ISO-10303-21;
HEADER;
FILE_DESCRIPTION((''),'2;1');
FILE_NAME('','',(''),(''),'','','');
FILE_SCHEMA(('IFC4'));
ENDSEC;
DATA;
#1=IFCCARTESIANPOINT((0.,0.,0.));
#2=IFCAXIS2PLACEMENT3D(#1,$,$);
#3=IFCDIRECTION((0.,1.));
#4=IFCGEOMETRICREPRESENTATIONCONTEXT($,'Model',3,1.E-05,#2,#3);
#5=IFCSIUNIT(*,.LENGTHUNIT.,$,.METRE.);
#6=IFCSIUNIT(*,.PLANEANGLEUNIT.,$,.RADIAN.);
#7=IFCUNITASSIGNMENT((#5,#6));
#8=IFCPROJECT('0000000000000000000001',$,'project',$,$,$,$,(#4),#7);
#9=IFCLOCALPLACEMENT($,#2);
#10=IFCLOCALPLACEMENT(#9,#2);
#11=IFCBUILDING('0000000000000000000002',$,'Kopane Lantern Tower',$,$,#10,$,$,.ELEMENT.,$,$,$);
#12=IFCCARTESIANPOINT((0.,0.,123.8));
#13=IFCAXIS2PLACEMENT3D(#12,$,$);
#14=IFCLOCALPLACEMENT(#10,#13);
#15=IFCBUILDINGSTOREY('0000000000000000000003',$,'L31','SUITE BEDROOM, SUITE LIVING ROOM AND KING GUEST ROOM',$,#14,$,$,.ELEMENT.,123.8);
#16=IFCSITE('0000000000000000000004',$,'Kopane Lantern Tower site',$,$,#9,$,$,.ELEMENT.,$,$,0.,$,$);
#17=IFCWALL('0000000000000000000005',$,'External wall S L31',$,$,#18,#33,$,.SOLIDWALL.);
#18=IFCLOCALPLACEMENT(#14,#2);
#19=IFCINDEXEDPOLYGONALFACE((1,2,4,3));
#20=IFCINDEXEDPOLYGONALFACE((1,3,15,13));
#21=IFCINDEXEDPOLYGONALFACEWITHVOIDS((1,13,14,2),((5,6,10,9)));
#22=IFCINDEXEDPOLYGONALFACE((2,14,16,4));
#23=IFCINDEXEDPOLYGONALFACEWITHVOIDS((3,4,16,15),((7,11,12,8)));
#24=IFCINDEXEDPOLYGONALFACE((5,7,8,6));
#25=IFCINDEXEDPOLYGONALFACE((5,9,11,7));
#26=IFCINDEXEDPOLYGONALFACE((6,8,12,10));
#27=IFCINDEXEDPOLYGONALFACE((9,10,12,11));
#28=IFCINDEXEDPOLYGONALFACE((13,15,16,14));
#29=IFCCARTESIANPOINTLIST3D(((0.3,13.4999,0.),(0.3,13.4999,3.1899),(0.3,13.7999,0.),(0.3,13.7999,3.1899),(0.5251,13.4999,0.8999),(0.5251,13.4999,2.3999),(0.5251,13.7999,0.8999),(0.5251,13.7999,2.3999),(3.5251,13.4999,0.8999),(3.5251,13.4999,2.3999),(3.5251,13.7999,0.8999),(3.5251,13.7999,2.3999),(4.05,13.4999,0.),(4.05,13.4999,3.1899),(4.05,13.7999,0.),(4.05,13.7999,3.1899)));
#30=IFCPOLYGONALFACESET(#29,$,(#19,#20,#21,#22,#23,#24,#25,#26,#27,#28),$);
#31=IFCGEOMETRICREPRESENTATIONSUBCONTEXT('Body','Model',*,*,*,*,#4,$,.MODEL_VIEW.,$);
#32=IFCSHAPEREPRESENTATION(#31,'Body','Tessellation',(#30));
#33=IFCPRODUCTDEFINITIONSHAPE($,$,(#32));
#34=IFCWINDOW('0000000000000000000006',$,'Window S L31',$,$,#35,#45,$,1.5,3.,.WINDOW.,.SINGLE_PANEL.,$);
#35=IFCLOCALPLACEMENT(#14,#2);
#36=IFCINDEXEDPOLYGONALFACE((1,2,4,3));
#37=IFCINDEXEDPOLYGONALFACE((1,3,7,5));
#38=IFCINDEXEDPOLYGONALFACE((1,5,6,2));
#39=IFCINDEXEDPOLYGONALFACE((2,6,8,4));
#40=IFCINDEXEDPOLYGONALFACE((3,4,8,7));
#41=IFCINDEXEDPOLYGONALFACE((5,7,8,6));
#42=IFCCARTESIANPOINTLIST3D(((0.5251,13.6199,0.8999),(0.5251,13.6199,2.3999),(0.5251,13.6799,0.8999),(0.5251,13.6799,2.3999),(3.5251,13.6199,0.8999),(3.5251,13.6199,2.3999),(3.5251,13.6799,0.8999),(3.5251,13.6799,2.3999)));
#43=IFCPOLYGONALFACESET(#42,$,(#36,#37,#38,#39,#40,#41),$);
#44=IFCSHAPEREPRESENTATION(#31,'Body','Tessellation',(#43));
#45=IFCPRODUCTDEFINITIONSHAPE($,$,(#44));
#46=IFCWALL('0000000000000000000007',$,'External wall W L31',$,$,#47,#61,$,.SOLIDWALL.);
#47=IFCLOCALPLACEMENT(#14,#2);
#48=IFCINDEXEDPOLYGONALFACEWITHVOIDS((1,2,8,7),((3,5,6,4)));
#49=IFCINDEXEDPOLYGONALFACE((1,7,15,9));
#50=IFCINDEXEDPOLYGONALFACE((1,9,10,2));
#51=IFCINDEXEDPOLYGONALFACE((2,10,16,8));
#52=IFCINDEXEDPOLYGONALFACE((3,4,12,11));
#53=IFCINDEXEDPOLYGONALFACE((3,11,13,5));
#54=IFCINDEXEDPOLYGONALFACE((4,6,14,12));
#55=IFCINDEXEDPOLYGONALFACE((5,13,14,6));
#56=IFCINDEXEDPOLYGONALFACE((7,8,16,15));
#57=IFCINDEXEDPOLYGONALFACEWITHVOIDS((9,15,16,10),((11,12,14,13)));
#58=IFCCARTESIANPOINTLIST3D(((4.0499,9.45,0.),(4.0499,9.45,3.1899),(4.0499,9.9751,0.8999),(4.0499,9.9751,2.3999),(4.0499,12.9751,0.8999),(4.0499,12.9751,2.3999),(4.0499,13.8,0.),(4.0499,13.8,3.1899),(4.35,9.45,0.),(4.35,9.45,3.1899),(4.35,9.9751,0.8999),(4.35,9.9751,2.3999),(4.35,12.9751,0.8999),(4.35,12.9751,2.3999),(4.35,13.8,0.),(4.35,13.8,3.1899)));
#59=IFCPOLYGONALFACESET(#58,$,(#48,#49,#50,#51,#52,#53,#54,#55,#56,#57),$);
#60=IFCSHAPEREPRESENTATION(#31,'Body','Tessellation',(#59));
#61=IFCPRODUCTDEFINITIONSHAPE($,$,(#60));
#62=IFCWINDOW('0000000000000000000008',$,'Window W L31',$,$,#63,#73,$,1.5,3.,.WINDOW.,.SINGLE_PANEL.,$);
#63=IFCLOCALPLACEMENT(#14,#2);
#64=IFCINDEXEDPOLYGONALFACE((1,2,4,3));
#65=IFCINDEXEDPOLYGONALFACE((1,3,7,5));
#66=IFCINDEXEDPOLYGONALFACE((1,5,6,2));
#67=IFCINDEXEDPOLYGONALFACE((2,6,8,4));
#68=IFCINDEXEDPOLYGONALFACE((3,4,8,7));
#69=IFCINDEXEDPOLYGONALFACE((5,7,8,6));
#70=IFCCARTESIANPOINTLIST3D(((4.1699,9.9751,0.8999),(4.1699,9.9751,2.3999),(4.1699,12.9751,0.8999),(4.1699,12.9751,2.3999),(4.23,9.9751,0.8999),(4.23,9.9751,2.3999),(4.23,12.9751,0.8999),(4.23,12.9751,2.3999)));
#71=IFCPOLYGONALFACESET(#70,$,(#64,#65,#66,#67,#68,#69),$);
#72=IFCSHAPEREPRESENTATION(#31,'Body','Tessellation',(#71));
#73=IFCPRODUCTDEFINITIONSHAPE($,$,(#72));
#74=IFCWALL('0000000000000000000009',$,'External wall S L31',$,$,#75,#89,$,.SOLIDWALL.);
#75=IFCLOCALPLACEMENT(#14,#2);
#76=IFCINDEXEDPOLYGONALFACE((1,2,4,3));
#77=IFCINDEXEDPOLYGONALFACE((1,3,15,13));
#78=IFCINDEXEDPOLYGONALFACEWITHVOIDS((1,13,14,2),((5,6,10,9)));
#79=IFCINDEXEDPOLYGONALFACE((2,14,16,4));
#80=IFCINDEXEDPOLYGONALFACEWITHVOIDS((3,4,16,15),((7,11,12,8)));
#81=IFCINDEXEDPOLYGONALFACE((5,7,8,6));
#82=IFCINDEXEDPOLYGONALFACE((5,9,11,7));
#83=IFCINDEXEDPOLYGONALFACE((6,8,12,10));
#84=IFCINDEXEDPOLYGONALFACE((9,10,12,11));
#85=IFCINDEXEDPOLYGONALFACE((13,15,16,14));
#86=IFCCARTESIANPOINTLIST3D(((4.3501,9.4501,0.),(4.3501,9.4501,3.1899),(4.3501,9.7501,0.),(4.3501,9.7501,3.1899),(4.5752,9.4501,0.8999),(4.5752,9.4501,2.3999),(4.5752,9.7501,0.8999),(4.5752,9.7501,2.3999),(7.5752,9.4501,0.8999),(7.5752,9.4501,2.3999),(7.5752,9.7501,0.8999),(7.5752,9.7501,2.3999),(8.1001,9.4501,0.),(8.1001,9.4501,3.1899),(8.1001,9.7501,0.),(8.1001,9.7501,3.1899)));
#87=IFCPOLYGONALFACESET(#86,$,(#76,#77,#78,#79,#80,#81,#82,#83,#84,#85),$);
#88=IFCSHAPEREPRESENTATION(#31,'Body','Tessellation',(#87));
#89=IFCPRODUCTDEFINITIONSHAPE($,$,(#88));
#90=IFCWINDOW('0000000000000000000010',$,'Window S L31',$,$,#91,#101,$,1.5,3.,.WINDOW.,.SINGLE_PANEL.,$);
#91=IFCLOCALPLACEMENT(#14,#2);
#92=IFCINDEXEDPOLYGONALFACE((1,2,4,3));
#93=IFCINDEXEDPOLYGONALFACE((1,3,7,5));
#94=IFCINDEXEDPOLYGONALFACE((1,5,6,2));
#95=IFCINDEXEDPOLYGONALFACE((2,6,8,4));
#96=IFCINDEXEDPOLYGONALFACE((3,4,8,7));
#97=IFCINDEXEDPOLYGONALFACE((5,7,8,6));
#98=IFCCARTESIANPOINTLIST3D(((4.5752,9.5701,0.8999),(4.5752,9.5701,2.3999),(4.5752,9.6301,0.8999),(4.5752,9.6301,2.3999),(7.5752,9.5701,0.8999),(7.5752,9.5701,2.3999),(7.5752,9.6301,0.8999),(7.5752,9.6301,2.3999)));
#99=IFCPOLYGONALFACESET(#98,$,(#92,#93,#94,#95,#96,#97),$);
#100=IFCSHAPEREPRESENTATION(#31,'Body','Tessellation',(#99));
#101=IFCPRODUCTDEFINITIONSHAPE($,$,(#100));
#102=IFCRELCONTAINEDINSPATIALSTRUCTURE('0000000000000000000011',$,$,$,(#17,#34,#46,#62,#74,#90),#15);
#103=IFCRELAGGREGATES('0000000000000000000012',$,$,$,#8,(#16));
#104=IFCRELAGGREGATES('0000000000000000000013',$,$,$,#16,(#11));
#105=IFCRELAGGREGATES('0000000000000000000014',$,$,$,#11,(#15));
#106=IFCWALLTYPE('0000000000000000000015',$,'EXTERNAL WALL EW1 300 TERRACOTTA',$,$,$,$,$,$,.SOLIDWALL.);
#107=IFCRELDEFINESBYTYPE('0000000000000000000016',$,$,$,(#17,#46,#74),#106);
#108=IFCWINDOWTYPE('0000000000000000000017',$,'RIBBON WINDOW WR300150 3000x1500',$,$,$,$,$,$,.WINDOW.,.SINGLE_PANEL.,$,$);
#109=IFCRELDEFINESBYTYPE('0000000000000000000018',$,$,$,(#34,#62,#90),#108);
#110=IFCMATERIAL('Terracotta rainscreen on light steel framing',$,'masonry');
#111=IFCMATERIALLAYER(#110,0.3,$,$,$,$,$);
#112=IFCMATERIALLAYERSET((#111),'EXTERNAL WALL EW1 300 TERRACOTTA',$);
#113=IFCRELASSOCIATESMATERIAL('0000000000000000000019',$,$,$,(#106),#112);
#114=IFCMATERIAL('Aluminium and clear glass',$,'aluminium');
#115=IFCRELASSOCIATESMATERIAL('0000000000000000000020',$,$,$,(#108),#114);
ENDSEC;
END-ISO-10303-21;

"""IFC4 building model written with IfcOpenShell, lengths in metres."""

from ifc_helpers import new_model, si_unit, direction, frame, frame_2d, origin, place, context, subcontext, project, spatial, rectangle, extrude, material, layer, layer_set, type_object, element, fill, save


model = new_model("IFC4")

# Units and contexts
model_context = context("Model", 3, precision=1e-05, world=origin(), true_north=direction((0.0, 1.0)))
body_context = subcontext(model_context, "Body", "Model", "MODEL_VIEW")
ifc_project = project(units=[si_unit("LENGTHUNIT", "METRE"), si_unit("PLANEANGLEUNIT", "RADIAN")], contexts=[model_context])

# Site, building, storey
site_placement = place(None, origin())
site = spatial("IfcSite", under=ifc_project, at=site_placement, Name="Kopane Lantern Tower site", CompositionType="ELEMENT", RefElevation=0.0)
building_placement = place(site_placement, origin())
building = spatial("IfcBuilding", under=site, at=building_placement, Name="Kopane Lantern Tower", CompositionType="ELEMENT")
storey_placement = place(building_placement, frame((0.0, 0.0, 123.8)))
storey = spatial("IfcBuildingStorey", under=building, at=storey_placement, Name="L31", Description="SUITE BEDROOM, SUITE LIVING ROOM AND KING GUEST ROOM", CompositionType="ELEMENT", Elevation=123.8)

# Walls, openings, windows
ifc_material_1 = material(Name="Terracotta rainscreen on light steel framing", Category="masonry")
ifc_layer_1 = layer(ifc_material_1, 0.3)
ifc_layer_set_1 = layer_set([ifc_layer_1], Name="EXTERNAL WALL EW1 300 TERRACOTTA")
wall_type_1 = type_object("IfcWallType", Name="EXTERNAL WALL EW1 300 TERRACOTTA", PredefinedType="SOLIDWALL", material=ifc_layer_set_1)
wall_1_placement = place(storey_placement, frame((0.3, 13.6499, 0.0), z_axis=(0.0, 0.0, 1.0), x_axis=(1.0, 0.0, 0.0)))
wall_1 = element("IfcWall", 1, at=wall_1_placement, inside=storey, type_object=wall_type_1, Name="External wall S L31", PredefinedType="SOLIDWALL", context=body_context, shape_type="SweptSolid", body=[
    extrude(rectangle(XDim=3.75, YDim=0.3, at=frame_2d((1.875, 0.0))), origin(), (0.0, 0.0, 1.0), 3.1899),
])
opening_1_placement = place(wall_1_placement, frame((0.2251, 0.0, 0.8999)))
opening_1 = element("IfcOpeningElement", 2, at=opening_1_placement, cuts=wall_1, PredefinedType="OPENING", context=body_context, shape_type="SweptSolid", body=[
    extrude(rectangle(XDim=3.0, YDim=1.5, at=frame_2d((1.5, 0.75))), frame((0.0, 0.1599, 0.0), z_axis=(0.0, -1.0, 0.0), x_axis=(1.0, 0.0, 0.0)), (0.0, 0.0, 1.0), 0.3201),
])
ifc_material_2 = material(Name="Aluminium and clear glass", Category="aluminium")
window_type = type_object("IfcWindowType", Name="RIBBON WINDOW WR300150 3000x1500", PartitioningType="SINGLE_PANEL", PredefinedType="WINDOW", material=ifc_material_2)
window_1_placement = place(opening_1_placement, origin())
window_1 = element("IfcWindow", 3, at=window_1_placement, inside=storey, type_object=window_type, Name="Window S L31", OverallHeight=1.5, OverallWidth=3.0, PartitioningType="SINGLE_PANEL", PredefinedType="WINDOW", context=body_context, shape_type="SweptSolid", body=[
    extrude(rectangle(XDim=3.0, YDim=1.5, at=frame_2d((1.5, 0.75))), frame((0.0, 0.03, 0.0), z_axis=(0.0, -1.0, 0.0), x_axis=(1.0, 0.0, 0.0)), (0.0, 0.0, 1.0), 0.0601),
])
fill(opening_1, window_1)
wall_2_placement = place(storey_placement, frame((4.2, 13.8, 0.0), z_axis=(0.0, 0.0, 1.0), x_axis=(0.0, -1.0, 0.0)))
wall_2 = element("IfcWall", 4, at=wall_2_placement, inside=storey, type_object=wall_type_1, Name="External wall W L31", PredefinedType="SOLIDWALL", context=body_context, shape_type="SweptSolid", body=[
    extrude(rectangle(XDim=4.3501, YDim=0.3, at=frame_2d((2.175, 0.0))), origin(), (0.0, 0.0, 1.0), 3.1899),
])
opening_2_placement = place(wall_2_placement, frame((0.825, 0.0, 0.8999)))
opening_2 = element("IfcOpeningElement", 5, at=opening_2_placement, cuts=wall_2, PredefinedType="OPENING", context=body_context, shape_type="SweptSolid", body=[
    extrude(rectangle(XDim=3.0, YDim=1.5, at=frame_2d((1.5, 0.75))), frame((0.0, 0.1599, 0.0), z_axis=(0.0, -1.0, 0.0), x_axis=(1.0, 0.0, 0.0)), (0.0, 0.0, 1.0), 0.3201),
])
window_2_placement = place(opening_2_placement, origin())
window_2 = element("IfcWindow", 6, at=window_2_placement, inside=storey, type_object=window_type, Name="Window W L31", OverallHeight=1.5, OverallWidth=3.0, PartitioningType="SINGLE_PANEL", PredefinedType="WINDOW", context=body_context, shape_type="SweptSolid", body=[
    extrude(rectangle(XDim=3.0, YDim=1.5, at=frame_2d((1.5, 0.75))), frame((0.0, 0.03, 0.0), z_axis=(0.0, -1.0, 0.0), x_axis=(1.0, 0.0, 0.0)), (0.0, 0.0, 1.0), 0.0601),
])
fill(opening_2, window_2)
wall_3_placement = place(storey_placement, frame((4.3501, 9.6001, 0.0), z_axis=(0.0, 0.0, 1.0), x_axis=(1.0, 0.0, 0.0)))
wall_3 = element("IfcWall", 7, at=wall_3_placement, inside=storey, type_object=wall_type_1, Name="External wall S L31", PredefinedType="SOLIDWALL", context=body_context, shape_type="SweptSolid", body=[
    extrude(rectangle(XDim=3.75, YDim=0.3, at=frame_2d((1.875, 0.0))), origin(), (0.0, 0.0, 1.0), 3.1899),
])
opening_3_placement = place(wall_3_placement, frame((0.2251, 0.0, 0.8999)))
opening_3 = element("IfcOpeningElement", 8, at=opening_3_placement, cuts=wall_3, PredefinedType="OPENING", context=body_context, shape_type="SweptSolid", body=[
    extrude(rectangle(XDim=3.0, YDim=1.5, at=frame_2d((1.5, 0.75))), frame((0.0, 0.1599, 0.0), z_axis=(0.0, -1.0, 0.0), x_axis=(1.0, 0.0, 0.0)), (0.0, 0.0, 1.0), 0.3201),
])
window_3_placement = place(opening_3_placement, origin())
window_3 = element("IfcWindow", 9, at=window_3_placement, inside=storey, type_object=window_type, Name="Window S L31", OverallHeight=1.5, OverallWidth=3.0, PartitioningType="SINGLE_PANEL", PredefinedType="WINDOW", context=body_context, shape_type="SweptSolid", body=[
    extrude(rectangle(XDim=3.0, YDim=1.5, at=frame_2d((1.5, 0.75))), frame((0.0, 0.03, 0.0), z_axis=(0.0, -1.0, 0.0), x_axis=(1.0, 0.0, 0.0)), (0.0, 0.0, 1.0), 0.0601),
])
fill(opening_3, window_3)

save(model, "model.ifc")
